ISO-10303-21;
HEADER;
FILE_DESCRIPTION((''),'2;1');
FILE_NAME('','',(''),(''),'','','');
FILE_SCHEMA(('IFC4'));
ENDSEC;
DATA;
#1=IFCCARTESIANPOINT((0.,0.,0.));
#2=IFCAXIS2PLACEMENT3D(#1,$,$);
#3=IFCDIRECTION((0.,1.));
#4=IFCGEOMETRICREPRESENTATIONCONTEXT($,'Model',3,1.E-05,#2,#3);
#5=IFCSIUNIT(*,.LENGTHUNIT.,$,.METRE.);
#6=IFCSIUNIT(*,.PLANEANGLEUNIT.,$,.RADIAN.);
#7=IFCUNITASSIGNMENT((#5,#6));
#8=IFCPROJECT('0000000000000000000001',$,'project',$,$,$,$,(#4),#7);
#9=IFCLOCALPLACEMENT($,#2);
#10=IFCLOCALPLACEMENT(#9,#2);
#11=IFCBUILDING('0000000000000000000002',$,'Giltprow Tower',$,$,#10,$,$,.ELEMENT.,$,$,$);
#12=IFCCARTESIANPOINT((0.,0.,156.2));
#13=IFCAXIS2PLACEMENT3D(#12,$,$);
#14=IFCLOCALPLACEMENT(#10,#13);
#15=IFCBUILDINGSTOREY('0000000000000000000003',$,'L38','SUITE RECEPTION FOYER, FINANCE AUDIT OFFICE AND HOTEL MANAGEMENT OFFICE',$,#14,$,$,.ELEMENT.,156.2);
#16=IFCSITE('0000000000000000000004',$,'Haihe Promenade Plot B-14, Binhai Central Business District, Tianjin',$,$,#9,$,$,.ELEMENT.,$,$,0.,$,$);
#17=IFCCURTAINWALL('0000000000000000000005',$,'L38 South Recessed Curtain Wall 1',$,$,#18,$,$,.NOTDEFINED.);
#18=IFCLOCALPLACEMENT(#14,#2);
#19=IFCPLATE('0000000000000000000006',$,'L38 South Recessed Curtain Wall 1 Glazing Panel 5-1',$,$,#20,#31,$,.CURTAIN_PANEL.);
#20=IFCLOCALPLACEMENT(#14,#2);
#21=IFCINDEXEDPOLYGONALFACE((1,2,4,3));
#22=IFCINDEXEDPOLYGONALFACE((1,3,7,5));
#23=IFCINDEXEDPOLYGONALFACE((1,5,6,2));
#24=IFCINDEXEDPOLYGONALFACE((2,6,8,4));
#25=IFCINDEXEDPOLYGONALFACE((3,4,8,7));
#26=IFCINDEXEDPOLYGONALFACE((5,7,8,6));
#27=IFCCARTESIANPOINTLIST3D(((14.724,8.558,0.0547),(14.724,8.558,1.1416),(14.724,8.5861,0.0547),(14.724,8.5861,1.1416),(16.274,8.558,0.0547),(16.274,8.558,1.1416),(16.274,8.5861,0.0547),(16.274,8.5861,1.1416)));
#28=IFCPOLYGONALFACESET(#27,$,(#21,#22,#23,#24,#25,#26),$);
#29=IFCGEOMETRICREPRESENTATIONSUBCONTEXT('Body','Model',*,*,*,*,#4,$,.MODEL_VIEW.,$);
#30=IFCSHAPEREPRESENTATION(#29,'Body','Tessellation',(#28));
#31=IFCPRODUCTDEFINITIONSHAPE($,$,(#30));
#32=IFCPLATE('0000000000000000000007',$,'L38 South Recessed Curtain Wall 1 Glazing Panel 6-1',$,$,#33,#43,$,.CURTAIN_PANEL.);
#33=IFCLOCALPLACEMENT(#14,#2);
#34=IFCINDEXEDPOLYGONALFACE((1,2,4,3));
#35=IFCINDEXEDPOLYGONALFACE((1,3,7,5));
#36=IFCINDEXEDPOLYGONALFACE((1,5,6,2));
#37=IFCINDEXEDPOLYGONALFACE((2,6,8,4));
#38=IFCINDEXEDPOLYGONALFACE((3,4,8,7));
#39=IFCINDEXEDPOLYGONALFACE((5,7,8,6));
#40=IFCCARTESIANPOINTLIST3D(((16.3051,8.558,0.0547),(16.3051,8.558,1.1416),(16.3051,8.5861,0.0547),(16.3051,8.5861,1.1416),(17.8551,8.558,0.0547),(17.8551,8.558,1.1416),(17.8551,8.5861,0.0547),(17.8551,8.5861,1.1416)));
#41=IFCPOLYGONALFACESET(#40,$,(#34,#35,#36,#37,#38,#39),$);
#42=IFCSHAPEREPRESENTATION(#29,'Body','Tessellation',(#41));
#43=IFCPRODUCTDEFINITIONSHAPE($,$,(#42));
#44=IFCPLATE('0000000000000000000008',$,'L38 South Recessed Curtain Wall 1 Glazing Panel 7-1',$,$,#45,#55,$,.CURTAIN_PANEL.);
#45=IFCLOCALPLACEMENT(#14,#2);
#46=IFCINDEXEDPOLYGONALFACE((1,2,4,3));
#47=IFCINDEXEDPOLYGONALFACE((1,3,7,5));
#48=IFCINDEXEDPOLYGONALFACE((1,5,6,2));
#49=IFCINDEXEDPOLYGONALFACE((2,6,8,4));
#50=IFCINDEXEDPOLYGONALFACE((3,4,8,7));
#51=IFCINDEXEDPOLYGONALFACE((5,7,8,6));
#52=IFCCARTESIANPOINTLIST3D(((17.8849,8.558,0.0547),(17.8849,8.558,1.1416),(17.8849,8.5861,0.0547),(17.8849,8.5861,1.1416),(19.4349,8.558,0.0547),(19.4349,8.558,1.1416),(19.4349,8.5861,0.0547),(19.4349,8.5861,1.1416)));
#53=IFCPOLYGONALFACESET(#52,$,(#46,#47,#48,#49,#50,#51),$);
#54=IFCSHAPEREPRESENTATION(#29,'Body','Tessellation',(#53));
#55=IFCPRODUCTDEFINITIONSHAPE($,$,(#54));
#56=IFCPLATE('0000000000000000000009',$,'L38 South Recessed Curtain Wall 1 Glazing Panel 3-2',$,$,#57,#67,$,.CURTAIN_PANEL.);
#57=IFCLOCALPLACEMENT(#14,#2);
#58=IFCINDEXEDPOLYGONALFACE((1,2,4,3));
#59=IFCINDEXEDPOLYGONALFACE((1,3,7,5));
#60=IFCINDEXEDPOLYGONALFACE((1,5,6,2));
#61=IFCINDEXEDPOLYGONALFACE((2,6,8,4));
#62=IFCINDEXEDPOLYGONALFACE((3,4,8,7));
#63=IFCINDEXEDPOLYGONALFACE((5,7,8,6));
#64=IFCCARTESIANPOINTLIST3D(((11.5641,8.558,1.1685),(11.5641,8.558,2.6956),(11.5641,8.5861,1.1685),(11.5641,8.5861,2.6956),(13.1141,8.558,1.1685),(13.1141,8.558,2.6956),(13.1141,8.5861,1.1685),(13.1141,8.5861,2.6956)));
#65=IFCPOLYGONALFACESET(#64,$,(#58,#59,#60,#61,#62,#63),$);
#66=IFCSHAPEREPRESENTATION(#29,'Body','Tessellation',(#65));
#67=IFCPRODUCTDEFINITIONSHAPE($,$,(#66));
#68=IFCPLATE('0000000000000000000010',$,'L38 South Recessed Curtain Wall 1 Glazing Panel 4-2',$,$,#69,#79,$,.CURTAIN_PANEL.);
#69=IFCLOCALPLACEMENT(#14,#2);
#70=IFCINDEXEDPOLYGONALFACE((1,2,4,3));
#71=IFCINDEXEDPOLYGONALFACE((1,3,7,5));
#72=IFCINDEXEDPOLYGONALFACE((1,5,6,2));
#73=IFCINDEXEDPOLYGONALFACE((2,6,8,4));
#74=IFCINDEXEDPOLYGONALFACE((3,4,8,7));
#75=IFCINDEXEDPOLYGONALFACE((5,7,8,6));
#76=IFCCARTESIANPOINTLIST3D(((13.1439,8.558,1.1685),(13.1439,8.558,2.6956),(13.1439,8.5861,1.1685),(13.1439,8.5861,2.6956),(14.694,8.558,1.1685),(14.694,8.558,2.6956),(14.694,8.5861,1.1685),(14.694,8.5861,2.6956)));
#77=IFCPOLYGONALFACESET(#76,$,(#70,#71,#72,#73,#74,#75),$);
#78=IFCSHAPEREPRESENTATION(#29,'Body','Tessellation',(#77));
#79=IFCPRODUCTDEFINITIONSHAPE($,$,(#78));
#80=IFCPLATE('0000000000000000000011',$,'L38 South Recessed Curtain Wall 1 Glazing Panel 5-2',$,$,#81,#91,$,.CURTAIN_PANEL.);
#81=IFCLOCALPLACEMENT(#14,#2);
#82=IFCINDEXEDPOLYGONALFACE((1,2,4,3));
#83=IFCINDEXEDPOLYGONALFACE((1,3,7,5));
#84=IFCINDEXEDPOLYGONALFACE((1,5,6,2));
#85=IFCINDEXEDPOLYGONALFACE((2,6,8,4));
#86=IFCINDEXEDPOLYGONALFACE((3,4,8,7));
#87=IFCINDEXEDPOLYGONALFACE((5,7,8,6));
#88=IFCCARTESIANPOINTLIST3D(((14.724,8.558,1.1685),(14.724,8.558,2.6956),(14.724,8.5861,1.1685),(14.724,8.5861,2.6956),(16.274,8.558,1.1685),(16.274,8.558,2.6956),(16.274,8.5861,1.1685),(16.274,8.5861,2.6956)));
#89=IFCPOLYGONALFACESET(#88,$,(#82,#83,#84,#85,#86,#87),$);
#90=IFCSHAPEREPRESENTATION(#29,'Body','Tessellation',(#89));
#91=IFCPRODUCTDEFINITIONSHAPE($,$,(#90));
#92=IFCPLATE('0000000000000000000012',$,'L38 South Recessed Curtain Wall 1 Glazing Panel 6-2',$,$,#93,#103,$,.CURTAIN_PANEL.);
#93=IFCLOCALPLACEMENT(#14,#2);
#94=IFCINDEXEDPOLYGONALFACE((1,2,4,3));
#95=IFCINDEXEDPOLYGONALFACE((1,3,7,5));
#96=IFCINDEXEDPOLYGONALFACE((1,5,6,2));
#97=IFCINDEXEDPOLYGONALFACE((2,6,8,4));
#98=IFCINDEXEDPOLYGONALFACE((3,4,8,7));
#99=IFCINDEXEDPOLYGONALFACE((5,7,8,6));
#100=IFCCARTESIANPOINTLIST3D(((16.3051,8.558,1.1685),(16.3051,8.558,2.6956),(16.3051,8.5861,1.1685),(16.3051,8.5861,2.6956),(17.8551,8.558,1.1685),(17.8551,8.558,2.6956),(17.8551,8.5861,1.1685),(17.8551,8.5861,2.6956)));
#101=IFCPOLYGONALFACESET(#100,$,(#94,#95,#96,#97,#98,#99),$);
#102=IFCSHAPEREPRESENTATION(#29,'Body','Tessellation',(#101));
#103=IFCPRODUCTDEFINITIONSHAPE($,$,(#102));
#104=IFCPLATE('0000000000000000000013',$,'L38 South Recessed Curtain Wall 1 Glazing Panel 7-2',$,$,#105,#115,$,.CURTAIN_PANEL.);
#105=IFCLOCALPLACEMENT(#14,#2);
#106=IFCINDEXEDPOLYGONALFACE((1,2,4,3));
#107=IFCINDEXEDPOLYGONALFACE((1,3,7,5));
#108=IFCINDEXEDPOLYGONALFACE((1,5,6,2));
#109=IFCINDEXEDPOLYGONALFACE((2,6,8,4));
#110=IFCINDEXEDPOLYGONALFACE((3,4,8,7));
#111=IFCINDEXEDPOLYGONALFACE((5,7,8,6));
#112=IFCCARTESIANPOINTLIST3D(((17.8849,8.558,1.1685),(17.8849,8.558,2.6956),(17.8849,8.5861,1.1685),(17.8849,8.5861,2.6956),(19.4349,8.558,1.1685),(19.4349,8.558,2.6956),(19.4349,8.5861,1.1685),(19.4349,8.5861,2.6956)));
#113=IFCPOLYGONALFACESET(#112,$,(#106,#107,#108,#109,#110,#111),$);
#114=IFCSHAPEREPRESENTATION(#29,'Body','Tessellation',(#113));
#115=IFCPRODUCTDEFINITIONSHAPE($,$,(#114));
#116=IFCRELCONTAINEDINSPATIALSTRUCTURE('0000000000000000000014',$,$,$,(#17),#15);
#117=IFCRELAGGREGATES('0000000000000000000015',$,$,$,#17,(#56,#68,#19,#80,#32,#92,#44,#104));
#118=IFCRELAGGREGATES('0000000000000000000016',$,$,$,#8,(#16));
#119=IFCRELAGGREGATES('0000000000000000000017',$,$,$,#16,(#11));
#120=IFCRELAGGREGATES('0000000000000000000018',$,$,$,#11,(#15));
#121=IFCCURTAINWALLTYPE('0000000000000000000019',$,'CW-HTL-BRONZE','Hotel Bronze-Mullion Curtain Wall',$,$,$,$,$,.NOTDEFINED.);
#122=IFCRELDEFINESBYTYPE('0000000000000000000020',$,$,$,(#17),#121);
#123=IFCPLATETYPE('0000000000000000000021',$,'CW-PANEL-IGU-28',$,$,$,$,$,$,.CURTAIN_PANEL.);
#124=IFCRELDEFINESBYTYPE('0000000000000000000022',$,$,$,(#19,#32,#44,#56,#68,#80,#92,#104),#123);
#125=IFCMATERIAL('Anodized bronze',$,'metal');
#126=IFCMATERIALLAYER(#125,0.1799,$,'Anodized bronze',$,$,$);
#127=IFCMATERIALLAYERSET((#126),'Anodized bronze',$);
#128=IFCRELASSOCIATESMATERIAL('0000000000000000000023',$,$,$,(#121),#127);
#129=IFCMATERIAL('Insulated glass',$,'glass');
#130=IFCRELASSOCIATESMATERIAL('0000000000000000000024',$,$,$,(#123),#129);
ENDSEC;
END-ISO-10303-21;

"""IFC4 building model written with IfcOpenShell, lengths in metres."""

from ifc_helpers import new_model, si_unit, direction, frame, origin, origin_2d, place, context, subcontext, project, spatial, rectangle, extrude, source, transform, mapped, material, layer, layer_set, type_object, element, aggregate, save


model = new_model("IFC4")

# Units and contexts
model_context = context("Model", 3, precision=1e-05, world=origin(), true_north=direction((0.0, 1.0)))
body_context = subcontext(model_context, "Body", "Model", "MODEL_VIEW")
ifc_project = project(units=[si_unit("LENGTHUNIT", "METRE"), si_unit("PLANEANGLEUNIT", "RADIAN")], contexts=[model_context])

# Site, building, storey
site_placement = place(None, origin())
site = spatial("IfcSite", under=ifc_project, at=site_placement, Name="Haihe Promenade Plot B-14, Binhai Central Business District, Tianjin", CompositionType="ELEMENT", RefElevation=0.0)
building_placement = place(site_placement, origin())
building = spatial("IfcBuilding", under=site, at=building_placement, Name="Giltprow Tower", CompositionType="ELEMENT")
storey_placement = place(building_placement, frame((0.0, 0.0, 156.2)))
storey = spatial("IfcBuildingStorey", under=building, at=storey_placement, Name="L38", Description="SUITE RECEPTION FOYER, FINANCE AUDIT OFFICE AND HOTEL MANAGEMENT OFFICE", CompositionType="ELEMENT", Elevation=156.2)

# Curtain wall
ifc_material_1 = material(Name="Anodized bronze", Category="metal")
ifc_layer = layer(ifc_material_1, 0.1799, Name="Anodized bronze")
ifc_layer_set = layer_set([ifc_layer], Name="Anodized bronze")
curtain_wall_type = type_object("IfcCurtainWallType", Name="CW-HTL-BRONZE", Description="Hotel Bronze-Mullion Curtain Wall", PredefinedType="NOTDEFINED", material=ifc_layer_set)
curtain_wall_placement = place(storey_placement, origin())
curtain_wall = element("IfcCurtainWall", 1, at=curtain_wall_placement, inside=storey, type_object=curtain_wall_type, Name="L38 South Recessed Curtain Wall 1", PredefinedType="NOTDEFINED")

# Plates
ifc_material_2 = material(Name="Insulated glass", Category="glass")
plate_type_1 = type_object("IfcPlateType", Name="CW-PANEL-IGU-28", PredefinedType="CURTAIN_PANEL", material=ifc_material_2)
shared_shape_1 = source(origin(), body_context, "Body", "SweptSolid", [
    extrude(rectangle(XDim=1.55, YDim=0.0281, at=origin_2d()), origin(), (0.0, 0.0, 1.0), 1.0869),
])
plate_1_placement = place(storey_placement, frame((15.499, 8.572, 0.0547), z_axis=(0.0, 0.0, 1.0), x_axis=(1.0, 0.0, 0.0)))
plate_1 = element("IfcPlate", 2, at=plate_1_placement, type_object=plate_type_1, Name="L38 South Recessed Curtain Wall 1 Glazing Panel 5-1", PredefinedType="CURTAIN_PANEL", context=body_context, shape_type="MappedRepresentation", body=[
    mapped(shared_shape_1, transform((0.0, 0.0, 0.0), x_axis=(1.0, 0.0, 0.0), y_axis=(0.0, 1.0, 0.0), z_axis=(0.0, 0.0, 1.0), scale=1.0)),
])
plate_2_placement = place(storey_placement, frame((17.0801, 8.572, 0.0547), z_axis=(0.0, 0.0, 1.0), x_axis=(1.0, 0.0, 0.0)))
plate_2 = element("IfcPlate", 3, at=plate_2_placement, type_object=plate_type_1, Name="L38 South Recessed Curtain Wall 1 Glazing Panel 6-1", PredefinedType="CURTAIN_PANEL", context=body_context, shape_type="MappedRepresentation", body=[
    mapped(shared_shape_1, transform((0.0, 0.0, 0.0), x_axis=(1.0, 0.0, 0.0), y_axis=(0.0, 1.0, 0.0), z_axis=(0.0, 0.0, 1.0), scale=1.0)),
])
plate_3_placement = place(storey_placement, frame((18.6599, 8.572, 0.0547), z_axis=(0.0, 0.0, 1.0), x_axis=(1.0, 0.0, 0.0)))
plate_3 = element("IfcPlate", 4, at=plate_3_placement, type_object=plate_type_1, Name="L38 South Recessed Curtain Wall 1 Glazing Panel 7-1", PredefinedType="CURTAIN_PANEL", context=body_context, shape_type="MappedRepresentation", body=[
    mapped(shared_shape_1, transform((0.0, 0.0, 0.0), x_axis=(1.0, 0.0, 0.0), y_axis=(0.0, 1.0, 0.0), z_axis=(0.0, 0.0, 1.0), scale=1.0)),
])
shared_shape_2 = source(origin(), body_context, "Body", "SweptSolid", [
    extrude(rectangle(XDim=1.55, YDim=0.0281, at=origin_2d()), origin(), (0.0, 0.0, 1.0), 1.5271),
])
plate_4_placement = place(storey_placement, frame((12.3391, 8.572, 1.1685), z_axis=(0.0, 0.0, 1.0), x_axis=(1.0, 0.0, 0.0)))
plate_4 = element("IfcPlate", 5, at=plate_4_placement, type_object=plate_type_1, Name="L38 South Recessed Curtain Wall 1 Glazing Panel 3-2", PredefinedType="CURTAIN_PANEL", context=body_context, shape_type="MappedRepresentation", body=[
    mapped(shared_shape_2, transform((0.0, 0.0, 0.0), x_axis=(1.0, 0.0, 0.0), y_axis=(0.0, 1.0, 0.0), z_axis=(0.0, 0.0, 1.0), scale=1.0)),
])
plate_5_placement = place(storey_placement, frame((13.9189, 8.572, 1.1685), z_axis=(0.0, 0.0, 1.0), x_axis=(1.0, 0.0, 0.0)))
plate_5 = element("IfcPlate", 6, at=plate_5_placement, type_object=plate_type_1, Name="L38 South Recessed Curtain Wall 1 Glazing Panel 4-2", PredefinedType="CURTAIN_PANEL", context=body_context, shape_type="MappedRepresentation", body=[
    mapped(shared_shape_2, transform((0.0, 0.0, 0.0), x_axis=(1.0, 0.0, 0.0), y_axis=(0.0, 1.0, 0.0), z_axis=(0.0, 0.0, 1.0), scale=1.0)),
])
plate_6_placement = place(storey_placement, frame((15.499, 8.572, 1.1685), z_axis=(0.0, 0.0, 1.0), x_axis=(1.0, 0.0, 0.0)))
plate_6 = element("IfcPlate", 7, at=plate_6_placement, type_object=plate_type_1, Name="L38 South Recessed Curtain Wall 1 Glazing Panel 5-2", PredefinedType="CURTAIN_PANEL", context=body_context, shape_type="MappedRepresentation", body=[
    mapped(shared_shape_2, transform((0.0, 0.0, 0.0), x_axis=(1.0, 0.0, 0.0), y_axis=(0.0, 1.0, 0.0), z_axis=(0.0, 0.0, 1.0), scale=1.0)),
])
plate_7_placement = place(storey_placement, frame((17.0801, 8.572, 1.1685), z_axis=(0.0, 0.0, 1.0), x_axis=(1.0, 0.0, 0.0)))
plate_7 = element("IfcPlate", 8, at=plate_7_placement, type_object=plate_type_1, Name="L38 South Recessed Curtain Wall 1 Glazing Panel 6-2", PredefinedType="CURTAIN_PANEL", context=body_context, shape_type="MappedRepresentation", body=[
    mapped(shared_shape_2, transform((0.0, 0.0, 0.0), x_axis=(1.0, 0.0, 0.0), y_axis=(0.0, 1.0, 0.0), z_axis=(0.0, 0.0, 1.0), scale=1.0)),
])
plate_8_placement = place(storey_placement, frame((18.6599, 8.572, 1.1685), z_axis=(0.0, 0.0, 1.0), x_axis=(1.0, 0.0, 0.0)))
plate_8 = element("IfcPlate", 9, at=plate_8_placement, type_object=plate_type_1, Name="L38 South Recessed Curtain Wall 1 Glazing Panel 7-2", PredefinedType="CURTAIN_PANEL", context=body_context, shape_type="MappedRepresentation", body=[
    mapped(shared_shape_2, transform((0.0, 0.0, 0.0), x_axis=(1.0, 0.0, 0.0), y_axis=(0.0, 1.0, 0.0), z_axis=(0.0, 0.0, 1.0), scale=1.0)),
])
aggregate(curtain_wall, [plate_4, plate_5, plate_1, plate_6, plate_2, plate_7, plate_3, plate_8])

save(model, "model.ifc")
